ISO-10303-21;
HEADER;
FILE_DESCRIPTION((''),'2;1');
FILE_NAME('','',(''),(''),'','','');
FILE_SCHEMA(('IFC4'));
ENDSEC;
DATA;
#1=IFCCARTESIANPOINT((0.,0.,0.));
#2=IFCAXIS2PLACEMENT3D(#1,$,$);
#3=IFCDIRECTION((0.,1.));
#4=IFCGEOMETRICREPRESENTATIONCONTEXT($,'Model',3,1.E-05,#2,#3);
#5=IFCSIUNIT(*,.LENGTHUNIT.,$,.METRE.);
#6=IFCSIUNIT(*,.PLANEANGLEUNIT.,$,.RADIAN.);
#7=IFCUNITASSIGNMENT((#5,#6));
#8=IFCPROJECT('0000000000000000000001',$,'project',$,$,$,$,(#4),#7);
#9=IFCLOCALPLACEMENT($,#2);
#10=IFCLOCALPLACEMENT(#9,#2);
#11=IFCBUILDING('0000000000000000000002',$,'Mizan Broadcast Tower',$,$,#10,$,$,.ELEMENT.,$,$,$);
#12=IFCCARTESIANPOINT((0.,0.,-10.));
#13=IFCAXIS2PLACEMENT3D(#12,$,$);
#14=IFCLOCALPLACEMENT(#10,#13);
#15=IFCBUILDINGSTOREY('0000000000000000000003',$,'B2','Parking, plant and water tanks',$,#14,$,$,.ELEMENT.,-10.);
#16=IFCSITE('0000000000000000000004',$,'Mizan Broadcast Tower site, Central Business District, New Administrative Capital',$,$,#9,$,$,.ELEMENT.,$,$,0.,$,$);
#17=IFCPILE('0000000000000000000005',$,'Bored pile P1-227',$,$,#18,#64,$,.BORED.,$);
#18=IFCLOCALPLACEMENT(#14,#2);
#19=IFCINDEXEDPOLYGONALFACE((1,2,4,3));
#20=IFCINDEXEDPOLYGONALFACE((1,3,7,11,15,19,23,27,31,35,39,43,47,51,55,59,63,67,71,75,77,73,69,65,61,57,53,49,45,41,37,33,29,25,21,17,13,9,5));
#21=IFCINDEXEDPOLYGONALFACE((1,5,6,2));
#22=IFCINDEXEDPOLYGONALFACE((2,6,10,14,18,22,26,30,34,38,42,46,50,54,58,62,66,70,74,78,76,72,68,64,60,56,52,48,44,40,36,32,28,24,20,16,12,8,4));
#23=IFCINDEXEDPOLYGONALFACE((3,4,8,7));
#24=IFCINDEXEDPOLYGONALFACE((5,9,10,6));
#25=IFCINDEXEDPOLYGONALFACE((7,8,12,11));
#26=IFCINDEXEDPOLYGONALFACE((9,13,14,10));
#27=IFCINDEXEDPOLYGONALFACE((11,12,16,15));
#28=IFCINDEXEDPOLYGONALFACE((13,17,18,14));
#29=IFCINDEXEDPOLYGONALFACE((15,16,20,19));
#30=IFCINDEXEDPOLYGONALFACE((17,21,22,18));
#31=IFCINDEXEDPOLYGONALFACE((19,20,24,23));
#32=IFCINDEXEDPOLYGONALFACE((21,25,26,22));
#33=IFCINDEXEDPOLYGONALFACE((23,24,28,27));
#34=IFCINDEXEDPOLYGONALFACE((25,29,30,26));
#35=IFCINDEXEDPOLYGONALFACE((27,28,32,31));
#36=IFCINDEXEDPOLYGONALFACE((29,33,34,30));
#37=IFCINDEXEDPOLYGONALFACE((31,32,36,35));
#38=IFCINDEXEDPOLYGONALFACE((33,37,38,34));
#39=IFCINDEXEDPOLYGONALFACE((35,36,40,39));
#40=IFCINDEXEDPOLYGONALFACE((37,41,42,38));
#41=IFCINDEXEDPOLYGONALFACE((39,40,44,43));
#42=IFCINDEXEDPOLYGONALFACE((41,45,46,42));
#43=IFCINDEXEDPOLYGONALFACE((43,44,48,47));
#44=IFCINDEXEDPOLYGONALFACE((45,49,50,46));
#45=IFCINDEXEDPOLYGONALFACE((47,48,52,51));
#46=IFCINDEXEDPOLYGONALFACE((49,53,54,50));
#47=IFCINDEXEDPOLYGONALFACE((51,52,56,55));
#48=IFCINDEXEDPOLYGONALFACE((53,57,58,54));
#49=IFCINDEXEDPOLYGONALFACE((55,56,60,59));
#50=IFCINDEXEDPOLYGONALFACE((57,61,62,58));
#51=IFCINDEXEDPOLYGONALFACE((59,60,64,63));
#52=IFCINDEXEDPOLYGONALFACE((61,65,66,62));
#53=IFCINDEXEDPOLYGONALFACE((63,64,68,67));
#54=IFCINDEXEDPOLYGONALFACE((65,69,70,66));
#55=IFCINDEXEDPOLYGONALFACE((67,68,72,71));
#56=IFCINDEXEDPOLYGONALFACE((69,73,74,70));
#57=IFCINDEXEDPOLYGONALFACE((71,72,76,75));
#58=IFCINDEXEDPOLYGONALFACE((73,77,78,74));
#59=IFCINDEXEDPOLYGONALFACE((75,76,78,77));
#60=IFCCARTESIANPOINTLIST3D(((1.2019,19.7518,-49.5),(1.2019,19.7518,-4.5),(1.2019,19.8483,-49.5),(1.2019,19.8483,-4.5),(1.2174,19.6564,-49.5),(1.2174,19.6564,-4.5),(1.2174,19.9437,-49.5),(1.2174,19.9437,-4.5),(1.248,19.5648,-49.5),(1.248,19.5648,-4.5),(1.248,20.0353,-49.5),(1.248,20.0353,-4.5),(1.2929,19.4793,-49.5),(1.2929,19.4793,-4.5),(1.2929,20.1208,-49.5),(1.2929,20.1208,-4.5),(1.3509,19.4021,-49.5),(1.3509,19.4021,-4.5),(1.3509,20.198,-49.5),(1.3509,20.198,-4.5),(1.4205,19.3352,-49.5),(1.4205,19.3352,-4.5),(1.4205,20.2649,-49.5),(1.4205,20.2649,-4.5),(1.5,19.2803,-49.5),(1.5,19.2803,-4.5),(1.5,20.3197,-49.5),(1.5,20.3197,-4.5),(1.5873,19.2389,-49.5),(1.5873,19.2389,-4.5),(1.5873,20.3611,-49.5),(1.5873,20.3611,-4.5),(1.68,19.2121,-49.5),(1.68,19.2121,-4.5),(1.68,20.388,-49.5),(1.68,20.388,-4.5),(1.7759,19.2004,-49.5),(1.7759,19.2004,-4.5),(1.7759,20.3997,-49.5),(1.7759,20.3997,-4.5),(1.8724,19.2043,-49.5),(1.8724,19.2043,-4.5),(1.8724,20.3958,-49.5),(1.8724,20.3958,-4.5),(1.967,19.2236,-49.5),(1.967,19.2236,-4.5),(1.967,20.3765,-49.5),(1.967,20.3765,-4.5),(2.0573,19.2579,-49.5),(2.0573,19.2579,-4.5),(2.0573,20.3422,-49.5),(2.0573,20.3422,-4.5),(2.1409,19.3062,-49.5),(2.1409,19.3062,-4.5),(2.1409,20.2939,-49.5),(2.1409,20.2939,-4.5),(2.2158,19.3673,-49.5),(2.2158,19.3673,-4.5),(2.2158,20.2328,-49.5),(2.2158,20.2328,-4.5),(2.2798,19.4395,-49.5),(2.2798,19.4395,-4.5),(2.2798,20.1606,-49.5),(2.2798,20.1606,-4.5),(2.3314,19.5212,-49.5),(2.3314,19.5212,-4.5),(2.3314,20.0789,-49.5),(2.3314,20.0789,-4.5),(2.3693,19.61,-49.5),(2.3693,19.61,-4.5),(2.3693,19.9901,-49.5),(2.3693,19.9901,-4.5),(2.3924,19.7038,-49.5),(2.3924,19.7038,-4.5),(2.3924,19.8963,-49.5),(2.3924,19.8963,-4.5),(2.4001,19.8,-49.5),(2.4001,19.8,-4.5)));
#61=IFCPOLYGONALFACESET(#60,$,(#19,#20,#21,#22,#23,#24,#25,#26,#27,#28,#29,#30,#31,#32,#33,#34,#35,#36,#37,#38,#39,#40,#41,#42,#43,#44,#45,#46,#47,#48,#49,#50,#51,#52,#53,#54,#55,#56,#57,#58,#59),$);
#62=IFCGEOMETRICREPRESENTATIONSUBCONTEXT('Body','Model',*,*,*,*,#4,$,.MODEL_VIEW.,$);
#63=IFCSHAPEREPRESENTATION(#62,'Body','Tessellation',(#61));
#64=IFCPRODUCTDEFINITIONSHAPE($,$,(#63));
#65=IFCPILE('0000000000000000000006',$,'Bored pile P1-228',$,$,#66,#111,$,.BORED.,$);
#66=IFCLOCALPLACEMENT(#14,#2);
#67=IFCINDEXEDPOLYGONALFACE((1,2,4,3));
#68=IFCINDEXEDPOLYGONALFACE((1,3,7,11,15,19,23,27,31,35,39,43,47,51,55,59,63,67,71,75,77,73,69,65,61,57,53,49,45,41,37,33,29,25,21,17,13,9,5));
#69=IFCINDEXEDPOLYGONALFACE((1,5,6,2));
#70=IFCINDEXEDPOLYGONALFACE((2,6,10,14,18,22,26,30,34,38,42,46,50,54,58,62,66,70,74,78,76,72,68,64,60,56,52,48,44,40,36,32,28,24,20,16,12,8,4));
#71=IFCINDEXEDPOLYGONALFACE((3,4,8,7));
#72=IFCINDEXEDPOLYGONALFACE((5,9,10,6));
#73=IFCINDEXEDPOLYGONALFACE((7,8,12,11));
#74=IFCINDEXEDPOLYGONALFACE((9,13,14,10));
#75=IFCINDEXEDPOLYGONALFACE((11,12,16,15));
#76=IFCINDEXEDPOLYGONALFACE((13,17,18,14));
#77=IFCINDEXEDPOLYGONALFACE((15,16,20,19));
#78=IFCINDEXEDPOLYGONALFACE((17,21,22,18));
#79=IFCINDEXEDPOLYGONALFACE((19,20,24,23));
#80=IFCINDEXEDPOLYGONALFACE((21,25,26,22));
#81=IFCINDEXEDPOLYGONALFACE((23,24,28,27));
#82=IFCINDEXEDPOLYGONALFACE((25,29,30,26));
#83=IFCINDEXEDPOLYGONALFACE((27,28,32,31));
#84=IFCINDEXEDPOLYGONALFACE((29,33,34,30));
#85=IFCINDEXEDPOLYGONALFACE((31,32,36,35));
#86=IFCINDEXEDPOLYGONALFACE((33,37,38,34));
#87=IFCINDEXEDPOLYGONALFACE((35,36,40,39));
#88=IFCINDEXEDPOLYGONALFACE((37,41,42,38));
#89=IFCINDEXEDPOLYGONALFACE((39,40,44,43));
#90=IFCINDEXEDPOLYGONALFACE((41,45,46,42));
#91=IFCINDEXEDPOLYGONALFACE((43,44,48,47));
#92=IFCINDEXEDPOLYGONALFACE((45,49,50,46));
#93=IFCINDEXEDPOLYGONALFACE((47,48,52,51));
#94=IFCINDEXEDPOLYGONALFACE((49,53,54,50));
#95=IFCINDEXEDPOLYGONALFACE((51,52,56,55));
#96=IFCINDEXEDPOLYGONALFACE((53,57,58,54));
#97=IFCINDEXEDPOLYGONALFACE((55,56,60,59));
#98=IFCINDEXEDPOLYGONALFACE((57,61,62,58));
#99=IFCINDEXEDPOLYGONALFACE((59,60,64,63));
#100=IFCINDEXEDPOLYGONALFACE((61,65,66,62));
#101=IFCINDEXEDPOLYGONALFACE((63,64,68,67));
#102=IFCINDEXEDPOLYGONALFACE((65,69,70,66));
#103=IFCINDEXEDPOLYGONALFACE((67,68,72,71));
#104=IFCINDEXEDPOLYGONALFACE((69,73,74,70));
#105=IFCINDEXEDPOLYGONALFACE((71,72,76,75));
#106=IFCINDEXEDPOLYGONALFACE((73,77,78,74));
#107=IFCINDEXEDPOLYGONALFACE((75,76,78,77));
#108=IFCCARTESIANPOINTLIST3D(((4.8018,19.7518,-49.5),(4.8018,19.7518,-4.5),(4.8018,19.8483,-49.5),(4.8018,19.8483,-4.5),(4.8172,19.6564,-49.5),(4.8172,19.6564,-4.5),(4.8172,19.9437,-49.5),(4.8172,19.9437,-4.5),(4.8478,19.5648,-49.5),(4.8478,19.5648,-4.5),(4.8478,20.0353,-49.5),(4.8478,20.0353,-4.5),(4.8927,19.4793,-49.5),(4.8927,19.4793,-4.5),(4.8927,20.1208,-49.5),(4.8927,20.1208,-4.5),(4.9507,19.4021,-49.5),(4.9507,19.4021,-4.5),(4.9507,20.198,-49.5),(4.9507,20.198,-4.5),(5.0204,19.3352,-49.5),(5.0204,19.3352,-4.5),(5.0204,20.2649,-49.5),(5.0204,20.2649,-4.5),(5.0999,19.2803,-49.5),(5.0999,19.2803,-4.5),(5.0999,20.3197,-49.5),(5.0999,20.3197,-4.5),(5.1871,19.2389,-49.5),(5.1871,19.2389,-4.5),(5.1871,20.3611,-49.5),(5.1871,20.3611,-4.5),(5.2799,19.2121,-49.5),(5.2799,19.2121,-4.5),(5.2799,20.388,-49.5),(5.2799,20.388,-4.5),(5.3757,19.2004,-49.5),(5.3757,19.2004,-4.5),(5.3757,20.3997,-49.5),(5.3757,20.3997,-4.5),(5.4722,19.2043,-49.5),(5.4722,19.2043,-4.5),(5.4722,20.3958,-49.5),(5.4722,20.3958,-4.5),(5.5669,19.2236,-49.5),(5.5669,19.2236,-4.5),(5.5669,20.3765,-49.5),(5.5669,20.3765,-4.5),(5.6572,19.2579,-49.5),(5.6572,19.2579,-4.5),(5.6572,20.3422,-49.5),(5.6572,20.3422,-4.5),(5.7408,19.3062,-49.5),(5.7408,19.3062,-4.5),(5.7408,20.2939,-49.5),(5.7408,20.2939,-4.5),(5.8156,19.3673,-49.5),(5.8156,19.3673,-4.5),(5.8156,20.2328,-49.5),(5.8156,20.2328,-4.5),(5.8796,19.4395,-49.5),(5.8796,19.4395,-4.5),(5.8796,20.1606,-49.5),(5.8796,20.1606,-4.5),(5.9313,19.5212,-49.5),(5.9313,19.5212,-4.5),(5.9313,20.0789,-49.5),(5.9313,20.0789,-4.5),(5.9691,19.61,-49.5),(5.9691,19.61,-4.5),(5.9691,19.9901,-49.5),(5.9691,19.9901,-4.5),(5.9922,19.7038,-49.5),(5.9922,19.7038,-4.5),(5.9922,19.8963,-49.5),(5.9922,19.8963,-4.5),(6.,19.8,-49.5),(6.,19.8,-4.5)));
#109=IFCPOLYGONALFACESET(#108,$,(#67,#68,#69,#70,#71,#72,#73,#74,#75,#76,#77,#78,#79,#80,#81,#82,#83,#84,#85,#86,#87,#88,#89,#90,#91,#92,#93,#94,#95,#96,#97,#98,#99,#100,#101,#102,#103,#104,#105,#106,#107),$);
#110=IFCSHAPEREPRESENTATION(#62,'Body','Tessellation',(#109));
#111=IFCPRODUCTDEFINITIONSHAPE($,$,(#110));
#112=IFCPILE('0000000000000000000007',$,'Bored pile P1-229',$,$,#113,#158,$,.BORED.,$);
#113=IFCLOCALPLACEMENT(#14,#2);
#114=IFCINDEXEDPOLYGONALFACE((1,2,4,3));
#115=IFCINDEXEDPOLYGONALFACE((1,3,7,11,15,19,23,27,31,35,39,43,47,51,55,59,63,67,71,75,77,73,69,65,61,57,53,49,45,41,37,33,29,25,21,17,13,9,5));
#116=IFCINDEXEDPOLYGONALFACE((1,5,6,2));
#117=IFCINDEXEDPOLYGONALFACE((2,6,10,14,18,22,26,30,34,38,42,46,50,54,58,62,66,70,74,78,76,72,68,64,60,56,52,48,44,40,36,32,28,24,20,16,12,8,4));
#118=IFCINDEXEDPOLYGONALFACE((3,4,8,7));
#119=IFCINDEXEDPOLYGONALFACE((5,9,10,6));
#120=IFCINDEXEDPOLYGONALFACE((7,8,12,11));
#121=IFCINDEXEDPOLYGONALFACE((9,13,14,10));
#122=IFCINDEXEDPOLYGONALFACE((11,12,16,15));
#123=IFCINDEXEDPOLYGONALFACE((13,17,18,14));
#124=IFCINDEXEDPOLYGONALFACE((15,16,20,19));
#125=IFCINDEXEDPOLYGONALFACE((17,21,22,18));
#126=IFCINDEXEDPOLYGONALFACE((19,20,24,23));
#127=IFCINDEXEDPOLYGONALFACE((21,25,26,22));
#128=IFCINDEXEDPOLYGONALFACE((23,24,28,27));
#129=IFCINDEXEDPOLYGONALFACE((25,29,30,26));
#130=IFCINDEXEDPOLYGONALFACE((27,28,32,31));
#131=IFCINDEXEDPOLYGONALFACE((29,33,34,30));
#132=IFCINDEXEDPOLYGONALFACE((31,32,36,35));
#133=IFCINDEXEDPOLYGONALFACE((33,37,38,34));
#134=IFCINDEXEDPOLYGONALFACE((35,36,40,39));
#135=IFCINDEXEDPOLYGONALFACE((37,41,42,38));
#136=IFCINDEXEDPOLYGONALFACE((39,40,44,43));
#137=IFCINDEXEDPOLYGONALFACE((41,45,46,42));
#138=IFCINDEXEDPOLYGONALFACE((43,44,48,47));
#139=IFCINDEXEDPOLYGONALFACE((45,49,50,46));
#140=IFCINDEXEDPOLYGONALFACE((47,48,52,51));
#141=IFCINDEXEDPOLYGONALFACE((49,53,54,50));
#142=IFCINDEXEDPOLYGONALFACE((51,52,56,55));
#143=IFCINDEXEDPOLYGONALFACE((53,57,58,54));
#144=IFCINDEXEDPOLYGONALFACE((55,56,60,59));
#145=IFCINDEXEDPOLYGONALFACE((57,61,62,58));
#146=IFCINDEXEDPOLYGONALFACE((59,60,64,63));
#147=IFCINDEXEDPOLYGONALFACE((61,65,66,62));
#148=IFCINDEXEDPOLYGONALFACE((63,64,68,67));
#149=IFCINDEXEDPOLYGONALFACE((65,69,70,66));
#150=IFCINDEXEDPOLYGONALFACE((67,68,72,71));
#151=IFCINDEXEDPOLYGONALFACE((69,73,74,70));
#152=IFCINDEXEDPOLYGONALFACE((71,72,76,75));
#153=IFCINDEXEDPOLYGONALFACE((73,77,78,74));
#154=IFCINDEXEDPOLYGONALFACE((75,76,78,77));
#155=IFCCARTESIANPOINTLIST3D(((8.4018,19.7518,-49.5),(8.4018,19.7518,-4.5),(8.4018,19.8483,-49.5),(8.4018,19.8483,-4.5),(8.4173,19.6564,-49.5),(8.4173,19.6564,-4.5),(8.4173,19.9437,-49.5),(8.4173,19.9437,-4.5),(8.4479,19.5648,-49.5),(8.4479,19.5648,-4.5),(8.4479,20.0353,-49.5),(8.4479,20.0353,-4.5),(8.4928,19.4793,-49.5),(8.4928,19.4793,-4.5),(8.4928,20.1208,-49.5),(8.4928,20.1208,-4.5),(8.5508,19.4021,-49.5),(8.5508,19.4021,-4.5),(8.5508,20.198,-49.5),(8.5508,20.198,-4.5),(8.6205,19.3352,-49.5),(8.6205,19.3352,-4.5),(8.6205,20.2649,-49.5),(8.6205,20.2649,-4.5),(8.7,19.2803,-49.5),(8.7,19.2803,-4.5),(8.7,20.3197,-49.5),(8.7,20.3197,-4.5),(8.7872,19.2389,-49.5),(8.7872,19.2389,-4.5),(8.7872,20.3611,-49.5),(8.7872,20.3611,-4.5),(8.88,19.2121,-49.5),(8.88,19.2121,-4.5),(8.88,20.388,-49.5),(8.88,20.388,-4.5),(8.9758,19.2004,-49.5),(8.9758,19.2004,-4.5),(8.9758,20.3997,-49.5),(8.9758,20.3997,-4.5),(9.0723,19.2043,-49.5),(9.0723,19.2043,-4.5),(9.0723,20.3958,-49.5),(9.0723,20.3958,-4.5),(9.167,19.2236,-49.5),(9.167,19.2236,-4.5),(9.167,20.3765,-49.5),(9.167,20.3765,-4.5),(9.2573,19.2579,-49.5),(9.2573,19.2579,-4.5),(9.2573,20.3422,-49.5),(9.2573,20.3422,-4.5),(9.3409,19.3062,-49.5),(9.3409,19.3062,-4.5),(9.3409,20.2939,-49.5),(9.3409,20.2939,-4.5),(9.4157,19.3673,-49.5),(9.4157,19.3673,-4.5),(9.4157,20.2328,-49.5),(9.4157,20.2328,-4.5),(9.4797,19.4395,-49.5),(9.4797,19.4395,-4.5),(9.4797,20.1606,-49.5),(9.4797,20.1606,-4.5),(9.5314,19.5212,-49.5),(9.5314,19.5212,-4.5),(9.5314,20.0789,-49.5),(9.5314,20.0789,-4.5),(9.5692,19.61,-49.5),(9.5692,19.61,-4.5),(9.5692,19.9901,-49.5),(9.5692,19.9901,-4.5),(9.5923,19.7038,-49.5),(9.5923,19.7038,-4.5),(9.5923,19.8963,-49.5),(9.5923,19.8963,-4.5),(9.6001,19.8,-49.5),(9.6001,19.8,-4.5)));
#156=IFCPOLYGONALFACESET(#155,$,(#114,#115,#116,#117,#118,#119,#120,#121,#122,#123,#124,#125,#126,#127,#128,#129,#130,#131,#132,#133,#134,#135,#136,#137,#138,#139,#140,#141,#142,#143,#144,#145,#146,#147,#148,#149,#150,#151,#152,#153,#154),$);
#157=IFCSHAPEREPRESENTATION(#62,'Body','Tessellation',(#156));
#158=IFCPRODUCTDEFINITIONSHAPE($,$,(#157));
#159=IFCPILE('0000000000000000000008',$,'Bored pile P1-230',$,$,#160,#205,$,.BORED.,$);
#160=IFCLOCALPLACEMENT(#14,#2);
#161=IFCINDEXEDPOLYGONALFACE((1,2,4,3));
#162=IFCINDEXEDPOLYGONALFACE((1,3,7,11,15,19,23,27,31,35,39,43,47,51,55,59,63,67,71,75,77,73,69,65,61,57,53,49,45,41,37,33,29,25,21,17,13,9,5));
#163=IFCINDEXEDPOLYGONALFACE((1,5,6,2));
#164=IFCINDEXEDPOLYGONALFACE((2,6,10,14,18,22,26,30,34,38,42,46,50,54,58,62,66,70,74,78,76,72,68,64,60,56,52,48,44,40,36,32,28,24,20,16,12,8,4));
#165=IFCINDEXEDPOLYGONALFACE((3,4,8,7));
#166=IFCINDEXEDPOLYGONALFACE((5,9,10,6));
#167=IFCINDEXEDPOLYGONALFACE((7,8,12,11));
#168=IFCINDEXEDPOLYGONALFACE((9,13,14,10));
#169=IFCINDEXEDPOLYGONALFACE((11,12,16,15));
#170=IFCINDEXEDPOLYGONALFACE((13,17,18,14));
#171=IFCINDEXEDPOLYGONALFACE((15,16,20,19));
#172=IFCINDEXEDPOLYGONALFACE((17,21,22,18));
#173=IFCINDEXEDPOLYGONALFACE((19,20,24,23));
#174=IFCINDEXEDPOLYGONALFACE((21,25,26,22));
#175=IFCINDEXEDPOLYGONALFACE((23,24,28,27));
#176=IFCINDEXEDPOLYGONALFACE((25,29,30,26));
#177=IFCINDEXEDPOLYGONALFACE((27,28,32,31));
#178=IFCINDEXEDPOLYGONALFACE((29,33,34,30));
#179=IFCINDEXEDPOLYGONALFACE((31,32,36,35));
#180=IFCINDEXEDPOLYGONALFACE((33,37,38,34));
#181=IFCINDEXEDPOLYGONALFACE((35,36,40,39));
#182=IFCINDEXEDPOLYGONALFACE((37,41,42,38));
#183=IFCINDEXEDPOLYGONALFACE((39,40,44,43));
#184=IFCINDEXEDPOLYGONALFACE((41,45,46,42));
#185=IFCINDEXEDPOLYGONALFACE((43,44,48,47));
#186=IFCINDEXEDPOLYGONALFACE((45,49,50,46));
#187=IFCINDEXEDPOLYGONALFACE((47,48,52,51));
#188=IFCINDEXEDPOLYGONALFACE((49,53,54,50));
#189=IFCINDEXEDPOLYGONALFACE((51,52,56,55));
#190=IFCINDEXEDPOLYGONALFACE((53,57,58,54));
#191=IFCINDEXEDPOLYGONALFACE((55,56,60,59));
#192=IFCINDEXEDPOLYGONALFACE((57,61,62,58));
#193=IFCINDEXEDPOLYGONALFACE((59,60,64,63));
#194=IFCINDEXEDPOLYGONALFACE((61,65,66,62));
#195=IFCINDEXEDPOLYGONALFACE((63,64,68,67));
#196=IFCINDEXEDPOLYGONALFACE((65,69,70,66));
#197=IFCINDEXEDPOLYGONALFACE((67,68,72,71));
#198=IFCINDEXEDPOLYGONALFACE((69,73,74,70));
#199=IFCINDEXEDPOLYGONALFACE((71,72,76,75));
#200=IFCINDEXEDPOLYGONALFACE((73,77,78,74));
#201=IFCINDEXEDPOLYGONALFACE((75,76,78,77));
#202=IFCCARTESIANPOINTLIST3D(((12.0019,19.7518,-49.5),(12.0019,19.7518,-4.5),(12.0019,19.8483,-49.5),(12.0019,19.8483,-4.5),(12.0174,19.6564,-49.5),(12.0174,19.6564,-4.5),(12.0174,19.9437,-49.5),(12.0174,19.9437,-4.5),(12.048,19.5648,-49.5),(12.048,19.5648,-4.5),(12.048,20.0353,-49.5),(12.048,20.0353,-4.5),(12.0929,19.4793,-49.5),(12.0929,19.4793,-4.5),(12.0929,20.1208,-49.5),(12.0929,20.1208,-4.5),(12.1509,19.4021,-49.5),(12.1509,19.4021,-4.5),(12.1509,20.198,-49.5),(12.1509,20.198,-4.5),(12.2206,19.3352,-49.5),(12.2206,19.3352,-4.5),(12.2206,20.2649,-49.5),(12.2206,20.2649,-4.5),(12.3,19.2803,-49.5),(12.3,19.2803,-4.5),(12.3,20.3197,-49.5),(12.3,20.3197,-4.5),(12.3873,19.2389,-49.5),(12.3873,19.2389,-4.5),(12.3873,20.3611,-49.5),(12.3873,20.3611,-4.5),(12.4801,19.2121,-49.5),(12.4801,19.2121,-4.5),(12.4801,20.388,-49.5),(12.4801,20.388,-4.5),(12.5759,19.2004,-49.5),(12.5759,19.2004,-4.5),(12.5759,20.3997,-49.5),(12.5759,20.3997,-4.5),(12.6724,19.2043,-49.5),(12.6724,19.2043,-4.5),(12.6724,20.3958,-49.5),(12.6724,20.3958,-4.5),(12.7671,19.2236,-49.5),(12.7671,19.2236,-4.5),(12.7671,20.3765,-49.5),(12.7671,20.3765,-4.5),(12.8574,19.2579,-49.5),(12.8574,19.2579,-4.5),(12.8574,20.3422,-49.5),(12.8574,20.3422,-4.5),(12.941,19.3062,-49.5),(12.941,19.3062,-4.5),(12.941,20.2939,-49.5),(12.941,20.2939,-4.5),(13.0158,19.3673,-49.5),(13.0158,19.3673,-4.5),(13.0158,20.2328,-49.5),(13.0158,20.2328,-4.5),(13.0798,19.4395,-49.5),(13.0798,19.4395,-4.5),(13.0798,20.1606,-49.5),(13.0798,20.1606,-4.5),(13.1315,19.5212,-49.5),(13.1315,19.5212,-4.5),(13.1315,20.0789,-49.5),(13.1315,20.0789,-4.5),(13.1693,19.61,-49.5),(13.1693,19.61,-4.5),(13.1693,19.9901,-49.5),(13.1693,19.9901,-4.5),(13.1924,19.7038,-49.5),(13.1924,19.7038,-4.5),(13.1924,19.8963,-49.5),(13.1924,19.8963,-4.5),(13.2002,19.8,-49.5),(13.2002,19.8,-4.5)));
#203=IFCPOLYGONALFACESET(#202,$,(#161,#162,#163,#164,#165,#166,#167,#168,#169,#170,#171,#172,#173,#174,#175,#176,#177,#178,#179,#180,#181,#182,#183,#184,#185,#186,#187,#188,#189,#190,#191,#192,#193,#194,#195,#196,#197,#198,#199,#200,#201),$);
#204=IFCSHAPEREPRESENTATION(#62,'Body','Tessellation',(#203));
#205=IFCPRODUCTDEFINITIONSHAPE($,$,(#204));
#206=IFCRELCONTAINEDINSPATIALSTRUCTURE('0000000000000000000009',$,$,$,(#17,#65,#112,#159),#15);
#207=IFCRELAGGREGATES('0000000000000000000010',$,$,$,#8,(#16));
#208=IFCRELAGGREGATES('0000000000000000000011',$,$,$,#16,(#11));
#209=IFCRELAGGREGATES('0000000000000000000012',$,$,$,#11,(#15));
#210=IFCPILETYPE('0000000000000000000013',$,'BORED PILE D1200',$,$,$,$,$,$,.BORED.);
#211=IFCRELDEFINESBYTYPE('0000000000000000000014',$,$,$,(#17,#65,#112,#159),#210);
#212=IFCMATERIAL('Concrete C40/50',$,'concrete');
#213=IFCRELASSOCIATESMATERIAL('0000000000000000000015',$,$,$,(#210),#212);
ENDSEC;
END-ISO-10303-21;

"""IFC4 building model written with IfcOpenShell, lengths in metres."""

from ifc_helpers import new_model, si_unit, direction, frame, origin, origin_2d, place, context, subcontext, project, spatial, circle, extrude, material, material_profile, profile_set, type_object, element, save


model = new_model("IFC4")

# Units and contexts
model_context = context("Model", 3, precision=1e-05, world=origin(), true_north=direction((0.0, 1.0)))
body_context = subcontext(model_context, "Body", "Model", "MODEL_VIEW")
ifc_project = project(units=[si_unit("LENGTHUNIT", "METRE"), si_unit("PLANEANGLEUNIT", "RADIAN")], contexts=[model_context])

# Site, building, storey
site_placement = place(None, origin())
site = spatial("IfcSite", under=ifc_project, at=site_placement, Name="Mizan Broadcast Tower site, Central Business District, New Administrative Capital", CompositionType="ELEMENT", RefElevation=0.0)
building_placement = place(site_placement, origin())
building = spatial("IfcBuilding", under=site, at=building_placement, Name="Mizan Broadcast Tower", CompositionType="ELEMENT")
storey_placement = place(building_placement, frame((0.0, 0.0, -10.0)))
storey = spatial("IfcBuildingStorey", under=building, at=storey_placement, Name="B2", Description="Parking, plant and water tanks", CompositionType="ELEMENT", Elevation=-10.0)

# Piles
ifc_material_1 = material(Name="Concrete C40/50", Category="concrete")
ifc_material_profile_1 = material_profile(ifc_material_1, circle(Radius=0.6001, at=origin_2d()), Name="D1200")
ifc_profile_set_1 = profile_set([ifc_material_profile_1], Name="Concrete C40/50")
pile_type_1 = type_object("IfcPileType", Name="BORED PILE D1200", PredefinedType="BORED", material=ifc_profile_set_1)
for number, where, z_axis, x_axis, name in (
    (1, (1.8, 19.8, -4.5), (0.0, 0.0, -1.0), (1.0, 0.0, 0.0), "Bored pile P1-227"),
    (2, (5.3999, 19.8, -4.5), (0.0, 0.0, -1.0), (1.0, 0.0, 0.0), "Bored pile P1-228"),
    (3, (9.0, 19.8, -4.5), (0.0, 0.0, -1.0), (1.0, 0.0, 0.0), "Bored pile P1-229"),
    (4, (12.6001, 19.8, -4.5), (0.0, 0.0, -1.0), (1.0, 0.0, 0.0), "Bored pile P1-230"),
):
    element("IfcPile", number, at=place(storey_placement, frame(where, z_axis=z_axis, x_axis=x_axis)), inside=storey, type_object=pile_type_1, Name=name, PredefinedType="BORED", context=body_context, shape_type="SweptSolid", body=[
        extrude(circle(Radius=0.6001, at=origin_2d()), origin(), (0.0, 0.0, 1.0), 45.0),
    ])

save(model, "model.ifc")
